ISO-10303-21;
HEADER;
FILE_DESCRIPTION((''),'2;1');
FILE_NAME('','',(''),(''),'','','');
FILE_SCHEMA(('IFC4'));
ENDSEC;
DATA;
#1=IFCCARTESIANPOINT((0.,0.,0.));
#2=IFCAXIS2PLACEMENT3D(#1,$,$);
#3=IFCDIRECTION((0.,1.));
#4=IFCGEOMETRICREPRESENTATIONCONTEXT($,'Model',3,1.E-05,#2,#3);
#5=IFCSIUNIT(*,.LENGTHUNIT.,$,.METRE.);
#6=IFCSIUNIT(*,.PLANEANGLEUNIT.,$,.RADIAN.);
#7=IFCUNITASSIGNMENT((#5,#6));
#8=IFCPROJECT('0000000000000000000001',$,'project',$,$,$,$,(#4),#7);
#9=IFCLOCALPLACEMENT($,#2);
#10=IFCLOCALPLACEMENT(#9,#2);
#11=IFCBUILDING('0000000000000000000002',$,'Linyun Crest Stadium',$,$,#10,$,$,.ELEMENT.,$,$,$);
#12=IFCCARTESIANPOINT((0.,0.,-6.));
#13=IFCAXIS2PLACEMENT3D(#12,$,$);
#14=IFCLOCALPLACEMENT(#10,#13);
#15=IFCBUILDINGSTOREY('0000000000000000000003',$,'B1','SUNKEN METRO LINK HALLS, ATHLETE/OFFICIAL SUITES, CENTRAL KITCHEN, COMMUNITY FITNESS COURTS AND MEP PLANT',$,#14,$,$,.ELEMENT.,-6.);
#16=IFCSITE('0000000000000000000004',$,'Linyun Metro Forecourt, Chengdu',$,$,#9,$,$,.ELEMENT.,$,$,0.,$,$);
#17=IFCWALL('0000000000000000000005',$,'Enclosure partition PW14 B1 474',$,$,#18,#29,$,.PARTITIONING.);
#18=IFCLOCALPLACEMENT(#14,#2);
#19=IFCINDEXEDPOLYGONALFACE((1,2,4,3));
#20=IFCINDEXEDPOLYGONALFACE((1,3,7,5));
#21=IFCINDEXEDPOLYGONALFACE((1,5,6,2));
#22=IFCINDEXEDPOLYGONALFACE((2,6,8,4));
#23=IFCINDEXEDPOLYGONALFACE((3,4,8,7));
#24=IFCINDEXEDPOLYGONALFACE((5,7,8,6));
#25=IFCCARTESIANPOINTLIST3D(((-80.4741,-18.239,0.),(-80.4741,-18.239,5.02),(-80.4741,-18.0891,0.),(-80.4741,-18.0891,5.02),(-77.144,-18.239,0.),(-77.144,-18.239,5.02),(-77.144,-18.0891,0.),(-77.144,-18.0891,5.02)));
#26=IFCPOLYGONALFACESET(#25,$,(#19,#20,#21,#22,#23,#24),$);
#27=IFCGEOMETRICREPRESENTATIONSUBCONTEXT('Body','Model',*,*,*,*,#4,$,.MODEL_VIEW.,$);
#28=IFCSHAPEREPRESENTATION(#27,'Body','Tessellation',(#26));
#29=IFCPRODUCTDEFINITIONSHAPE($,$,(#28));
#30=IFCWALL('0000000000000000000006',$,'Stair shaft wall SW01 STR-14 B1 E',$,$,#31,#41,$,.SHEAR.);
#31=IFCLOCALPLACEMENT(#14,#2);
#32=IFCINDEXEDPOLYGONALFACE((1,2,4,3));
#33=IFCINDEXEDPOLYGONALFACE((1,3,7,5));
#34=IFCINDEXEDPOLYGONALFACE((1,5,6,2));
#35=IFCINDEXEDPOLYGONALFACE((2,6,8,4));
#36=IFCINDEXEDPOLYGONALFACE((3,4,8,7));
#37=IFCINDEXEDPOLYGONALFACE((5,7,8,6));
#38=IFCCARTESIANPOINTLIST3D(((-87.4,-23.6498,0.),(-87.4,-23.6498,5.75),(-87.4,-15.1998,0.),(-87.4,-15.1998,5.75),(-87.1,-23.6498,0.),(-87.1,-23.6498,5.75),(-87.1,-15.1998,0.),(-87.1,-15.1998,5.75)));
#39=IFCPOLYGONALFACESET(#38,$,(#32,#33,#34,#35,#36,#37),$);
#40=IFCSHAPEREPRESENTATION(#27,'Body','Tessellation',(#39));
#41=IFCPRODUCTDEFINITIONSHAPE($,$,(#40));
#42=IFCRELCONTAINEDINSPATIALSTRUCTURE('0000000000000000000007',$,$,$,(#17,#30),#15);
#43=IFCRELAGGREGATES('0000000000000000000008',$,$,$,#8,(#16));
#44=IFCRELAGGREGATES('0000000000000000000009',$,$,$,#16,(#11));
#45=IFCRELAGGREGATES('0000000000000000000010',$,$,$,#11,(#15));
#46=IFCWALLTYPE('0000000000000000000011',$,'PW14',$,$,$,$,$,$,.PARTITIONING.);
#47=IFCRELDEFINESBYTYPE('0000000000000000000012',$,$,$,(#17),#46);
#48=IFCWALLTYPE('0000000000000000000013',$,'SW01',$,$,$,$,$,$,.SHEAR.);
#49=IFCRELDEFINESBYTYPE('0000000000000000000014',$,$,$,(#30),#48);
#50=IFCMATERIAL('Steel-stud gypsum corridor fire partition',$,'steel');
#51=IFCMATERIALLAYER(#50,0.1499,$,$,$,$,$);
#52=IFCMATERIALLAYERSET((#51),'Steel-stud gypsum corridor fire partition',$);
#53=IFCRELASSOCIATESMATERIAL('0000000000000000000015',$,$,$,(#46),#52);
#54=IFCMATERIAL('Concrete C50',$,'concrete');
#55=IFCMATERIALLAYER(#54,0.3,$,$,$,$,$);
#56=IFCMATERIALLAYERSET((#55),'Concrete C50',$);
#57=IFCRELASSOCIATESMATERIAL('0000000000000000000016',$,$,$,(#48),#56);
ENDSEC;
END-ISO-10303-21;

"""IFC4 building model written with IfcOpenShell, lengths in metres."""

from ifc_helpers import new_model, si_unit, direction, frame, frame_2d, origin, place, context, subcontext, project, spatial, rectangle, extrude, material, layer, layer_set, type_object, element, save


model = new_model("IFC4")

# Units and contexts
model_context = context("Model", 3, precision=1e-05, world=origin(), true_north=direction((0.0, 1.0)))
body_context = subcontext(model_context, "Body", "Model", "MODEL_VIEW")
ifc_project = project(units=[si_unit("LENGTHUNIT", "METRE"), si_unit("PLANEANGLEUNIT", "RADIAN")], contexts=[model_context])

# Site, building, storey
site_placement = place(None, origin())
site = spatial("IfcSite", under=ifc_project, at=site_placement, Name="Linyun Metro Forecourt, Chengdu", CompositionType="ELEMENT", RefElevation=0.0)
building_placement = place(site_placement, origin())
building = spatial("IfcBuilding", under=site, at=building_placement, Name="Linyun Crest Stadium", CompositionType="ELEMENT")
storey_placement = place(building_placement, frame((0.0, 0.0, -6.0)))
storey = spatial("IfcBuildingStorey", under=building, at=storey_placement, Name="B1", Description="SUNKEN METRO LINK HALLS, ATHLETE/OFFICIAL SUITES, CENTRAL KITCHEN, COMMUNITY FITNESS COURTS AND MEP PLANT", CompositionType="ELEMENT", Elevation=-6.0)

# Walls
ifc_material_1 = material(Name="Steel-stud gypsum corridor fire partition", Category="steel")
ifc_layer_1 = layer(ifc_material_1, 0.1499)
ifc_layer_set_1 = layer_set([ifc_layer_1], Name="Steel-stud gypsum corridor fire partition")
wall_type_1 = type_object("IfcWallType", Name="PW14", PredefinedType="PARTITIONING", material=ifc_layer_set_1)
for number, where, z_axis, x_axis, name in (
    (1, (-80.4741, -18.1641, 0.0), (0.0, 0.0, 1.0), (1.0, 0.0, 0.0), "Enclosure partition PW14 B1 474"),
):
    element("IfcWall", number, at=place(storey_placement, frame(where, z_axis=z_axis, x_axis=x_axis)), inside=storey, type_object=wall_type_1, Name=name, PredefinedType="PARTITIONING", context=body_context, shape_type="SweptSolid", body=[
        extrude(rectangle(XDim=3.3301, YDim=0.1499, at=frame_2d((1.665, 0.0))), origin(), (0.0, 0.0, 1.0), 5.02),
    ])
ifc_material_2 = material(Name="Concrete C50", Category="concrete")
ifc_layer_2 = layer(ifc_material_2, 0.3)
ifc_layer_set_2 = layer_set([ifc_layer_2], Name="Concrete C50")
wall_type_2 = type_object("IfcWallType", Name="SW01", PredefinedType="SHEAR", material=ifc_layer_set_2)
wall_1_placement = place(storey_placement, frame((-87.25, -23.6499, 0.0), z_axis=(0.0, 0.0, 1.0), x_axis=(0.0, 1.0, 0.0)))
element("IfcWall", 2, at=wall_1_placement, inside=storey, type_object=wall_type_2, Name="Stair shaft wall SW01 STR-14 B1 E", PredefinedType="SHEAR", context=body_context, shape_type="SweptSolid", body=[
    extrude(rectangle(XDim=8.45, YDim=0.3, at=frame_2d((4.2251, 0.0))), origin(), (0.0, 0.0, 1.0), 5.75),
])

save(model, "model.ifc")
